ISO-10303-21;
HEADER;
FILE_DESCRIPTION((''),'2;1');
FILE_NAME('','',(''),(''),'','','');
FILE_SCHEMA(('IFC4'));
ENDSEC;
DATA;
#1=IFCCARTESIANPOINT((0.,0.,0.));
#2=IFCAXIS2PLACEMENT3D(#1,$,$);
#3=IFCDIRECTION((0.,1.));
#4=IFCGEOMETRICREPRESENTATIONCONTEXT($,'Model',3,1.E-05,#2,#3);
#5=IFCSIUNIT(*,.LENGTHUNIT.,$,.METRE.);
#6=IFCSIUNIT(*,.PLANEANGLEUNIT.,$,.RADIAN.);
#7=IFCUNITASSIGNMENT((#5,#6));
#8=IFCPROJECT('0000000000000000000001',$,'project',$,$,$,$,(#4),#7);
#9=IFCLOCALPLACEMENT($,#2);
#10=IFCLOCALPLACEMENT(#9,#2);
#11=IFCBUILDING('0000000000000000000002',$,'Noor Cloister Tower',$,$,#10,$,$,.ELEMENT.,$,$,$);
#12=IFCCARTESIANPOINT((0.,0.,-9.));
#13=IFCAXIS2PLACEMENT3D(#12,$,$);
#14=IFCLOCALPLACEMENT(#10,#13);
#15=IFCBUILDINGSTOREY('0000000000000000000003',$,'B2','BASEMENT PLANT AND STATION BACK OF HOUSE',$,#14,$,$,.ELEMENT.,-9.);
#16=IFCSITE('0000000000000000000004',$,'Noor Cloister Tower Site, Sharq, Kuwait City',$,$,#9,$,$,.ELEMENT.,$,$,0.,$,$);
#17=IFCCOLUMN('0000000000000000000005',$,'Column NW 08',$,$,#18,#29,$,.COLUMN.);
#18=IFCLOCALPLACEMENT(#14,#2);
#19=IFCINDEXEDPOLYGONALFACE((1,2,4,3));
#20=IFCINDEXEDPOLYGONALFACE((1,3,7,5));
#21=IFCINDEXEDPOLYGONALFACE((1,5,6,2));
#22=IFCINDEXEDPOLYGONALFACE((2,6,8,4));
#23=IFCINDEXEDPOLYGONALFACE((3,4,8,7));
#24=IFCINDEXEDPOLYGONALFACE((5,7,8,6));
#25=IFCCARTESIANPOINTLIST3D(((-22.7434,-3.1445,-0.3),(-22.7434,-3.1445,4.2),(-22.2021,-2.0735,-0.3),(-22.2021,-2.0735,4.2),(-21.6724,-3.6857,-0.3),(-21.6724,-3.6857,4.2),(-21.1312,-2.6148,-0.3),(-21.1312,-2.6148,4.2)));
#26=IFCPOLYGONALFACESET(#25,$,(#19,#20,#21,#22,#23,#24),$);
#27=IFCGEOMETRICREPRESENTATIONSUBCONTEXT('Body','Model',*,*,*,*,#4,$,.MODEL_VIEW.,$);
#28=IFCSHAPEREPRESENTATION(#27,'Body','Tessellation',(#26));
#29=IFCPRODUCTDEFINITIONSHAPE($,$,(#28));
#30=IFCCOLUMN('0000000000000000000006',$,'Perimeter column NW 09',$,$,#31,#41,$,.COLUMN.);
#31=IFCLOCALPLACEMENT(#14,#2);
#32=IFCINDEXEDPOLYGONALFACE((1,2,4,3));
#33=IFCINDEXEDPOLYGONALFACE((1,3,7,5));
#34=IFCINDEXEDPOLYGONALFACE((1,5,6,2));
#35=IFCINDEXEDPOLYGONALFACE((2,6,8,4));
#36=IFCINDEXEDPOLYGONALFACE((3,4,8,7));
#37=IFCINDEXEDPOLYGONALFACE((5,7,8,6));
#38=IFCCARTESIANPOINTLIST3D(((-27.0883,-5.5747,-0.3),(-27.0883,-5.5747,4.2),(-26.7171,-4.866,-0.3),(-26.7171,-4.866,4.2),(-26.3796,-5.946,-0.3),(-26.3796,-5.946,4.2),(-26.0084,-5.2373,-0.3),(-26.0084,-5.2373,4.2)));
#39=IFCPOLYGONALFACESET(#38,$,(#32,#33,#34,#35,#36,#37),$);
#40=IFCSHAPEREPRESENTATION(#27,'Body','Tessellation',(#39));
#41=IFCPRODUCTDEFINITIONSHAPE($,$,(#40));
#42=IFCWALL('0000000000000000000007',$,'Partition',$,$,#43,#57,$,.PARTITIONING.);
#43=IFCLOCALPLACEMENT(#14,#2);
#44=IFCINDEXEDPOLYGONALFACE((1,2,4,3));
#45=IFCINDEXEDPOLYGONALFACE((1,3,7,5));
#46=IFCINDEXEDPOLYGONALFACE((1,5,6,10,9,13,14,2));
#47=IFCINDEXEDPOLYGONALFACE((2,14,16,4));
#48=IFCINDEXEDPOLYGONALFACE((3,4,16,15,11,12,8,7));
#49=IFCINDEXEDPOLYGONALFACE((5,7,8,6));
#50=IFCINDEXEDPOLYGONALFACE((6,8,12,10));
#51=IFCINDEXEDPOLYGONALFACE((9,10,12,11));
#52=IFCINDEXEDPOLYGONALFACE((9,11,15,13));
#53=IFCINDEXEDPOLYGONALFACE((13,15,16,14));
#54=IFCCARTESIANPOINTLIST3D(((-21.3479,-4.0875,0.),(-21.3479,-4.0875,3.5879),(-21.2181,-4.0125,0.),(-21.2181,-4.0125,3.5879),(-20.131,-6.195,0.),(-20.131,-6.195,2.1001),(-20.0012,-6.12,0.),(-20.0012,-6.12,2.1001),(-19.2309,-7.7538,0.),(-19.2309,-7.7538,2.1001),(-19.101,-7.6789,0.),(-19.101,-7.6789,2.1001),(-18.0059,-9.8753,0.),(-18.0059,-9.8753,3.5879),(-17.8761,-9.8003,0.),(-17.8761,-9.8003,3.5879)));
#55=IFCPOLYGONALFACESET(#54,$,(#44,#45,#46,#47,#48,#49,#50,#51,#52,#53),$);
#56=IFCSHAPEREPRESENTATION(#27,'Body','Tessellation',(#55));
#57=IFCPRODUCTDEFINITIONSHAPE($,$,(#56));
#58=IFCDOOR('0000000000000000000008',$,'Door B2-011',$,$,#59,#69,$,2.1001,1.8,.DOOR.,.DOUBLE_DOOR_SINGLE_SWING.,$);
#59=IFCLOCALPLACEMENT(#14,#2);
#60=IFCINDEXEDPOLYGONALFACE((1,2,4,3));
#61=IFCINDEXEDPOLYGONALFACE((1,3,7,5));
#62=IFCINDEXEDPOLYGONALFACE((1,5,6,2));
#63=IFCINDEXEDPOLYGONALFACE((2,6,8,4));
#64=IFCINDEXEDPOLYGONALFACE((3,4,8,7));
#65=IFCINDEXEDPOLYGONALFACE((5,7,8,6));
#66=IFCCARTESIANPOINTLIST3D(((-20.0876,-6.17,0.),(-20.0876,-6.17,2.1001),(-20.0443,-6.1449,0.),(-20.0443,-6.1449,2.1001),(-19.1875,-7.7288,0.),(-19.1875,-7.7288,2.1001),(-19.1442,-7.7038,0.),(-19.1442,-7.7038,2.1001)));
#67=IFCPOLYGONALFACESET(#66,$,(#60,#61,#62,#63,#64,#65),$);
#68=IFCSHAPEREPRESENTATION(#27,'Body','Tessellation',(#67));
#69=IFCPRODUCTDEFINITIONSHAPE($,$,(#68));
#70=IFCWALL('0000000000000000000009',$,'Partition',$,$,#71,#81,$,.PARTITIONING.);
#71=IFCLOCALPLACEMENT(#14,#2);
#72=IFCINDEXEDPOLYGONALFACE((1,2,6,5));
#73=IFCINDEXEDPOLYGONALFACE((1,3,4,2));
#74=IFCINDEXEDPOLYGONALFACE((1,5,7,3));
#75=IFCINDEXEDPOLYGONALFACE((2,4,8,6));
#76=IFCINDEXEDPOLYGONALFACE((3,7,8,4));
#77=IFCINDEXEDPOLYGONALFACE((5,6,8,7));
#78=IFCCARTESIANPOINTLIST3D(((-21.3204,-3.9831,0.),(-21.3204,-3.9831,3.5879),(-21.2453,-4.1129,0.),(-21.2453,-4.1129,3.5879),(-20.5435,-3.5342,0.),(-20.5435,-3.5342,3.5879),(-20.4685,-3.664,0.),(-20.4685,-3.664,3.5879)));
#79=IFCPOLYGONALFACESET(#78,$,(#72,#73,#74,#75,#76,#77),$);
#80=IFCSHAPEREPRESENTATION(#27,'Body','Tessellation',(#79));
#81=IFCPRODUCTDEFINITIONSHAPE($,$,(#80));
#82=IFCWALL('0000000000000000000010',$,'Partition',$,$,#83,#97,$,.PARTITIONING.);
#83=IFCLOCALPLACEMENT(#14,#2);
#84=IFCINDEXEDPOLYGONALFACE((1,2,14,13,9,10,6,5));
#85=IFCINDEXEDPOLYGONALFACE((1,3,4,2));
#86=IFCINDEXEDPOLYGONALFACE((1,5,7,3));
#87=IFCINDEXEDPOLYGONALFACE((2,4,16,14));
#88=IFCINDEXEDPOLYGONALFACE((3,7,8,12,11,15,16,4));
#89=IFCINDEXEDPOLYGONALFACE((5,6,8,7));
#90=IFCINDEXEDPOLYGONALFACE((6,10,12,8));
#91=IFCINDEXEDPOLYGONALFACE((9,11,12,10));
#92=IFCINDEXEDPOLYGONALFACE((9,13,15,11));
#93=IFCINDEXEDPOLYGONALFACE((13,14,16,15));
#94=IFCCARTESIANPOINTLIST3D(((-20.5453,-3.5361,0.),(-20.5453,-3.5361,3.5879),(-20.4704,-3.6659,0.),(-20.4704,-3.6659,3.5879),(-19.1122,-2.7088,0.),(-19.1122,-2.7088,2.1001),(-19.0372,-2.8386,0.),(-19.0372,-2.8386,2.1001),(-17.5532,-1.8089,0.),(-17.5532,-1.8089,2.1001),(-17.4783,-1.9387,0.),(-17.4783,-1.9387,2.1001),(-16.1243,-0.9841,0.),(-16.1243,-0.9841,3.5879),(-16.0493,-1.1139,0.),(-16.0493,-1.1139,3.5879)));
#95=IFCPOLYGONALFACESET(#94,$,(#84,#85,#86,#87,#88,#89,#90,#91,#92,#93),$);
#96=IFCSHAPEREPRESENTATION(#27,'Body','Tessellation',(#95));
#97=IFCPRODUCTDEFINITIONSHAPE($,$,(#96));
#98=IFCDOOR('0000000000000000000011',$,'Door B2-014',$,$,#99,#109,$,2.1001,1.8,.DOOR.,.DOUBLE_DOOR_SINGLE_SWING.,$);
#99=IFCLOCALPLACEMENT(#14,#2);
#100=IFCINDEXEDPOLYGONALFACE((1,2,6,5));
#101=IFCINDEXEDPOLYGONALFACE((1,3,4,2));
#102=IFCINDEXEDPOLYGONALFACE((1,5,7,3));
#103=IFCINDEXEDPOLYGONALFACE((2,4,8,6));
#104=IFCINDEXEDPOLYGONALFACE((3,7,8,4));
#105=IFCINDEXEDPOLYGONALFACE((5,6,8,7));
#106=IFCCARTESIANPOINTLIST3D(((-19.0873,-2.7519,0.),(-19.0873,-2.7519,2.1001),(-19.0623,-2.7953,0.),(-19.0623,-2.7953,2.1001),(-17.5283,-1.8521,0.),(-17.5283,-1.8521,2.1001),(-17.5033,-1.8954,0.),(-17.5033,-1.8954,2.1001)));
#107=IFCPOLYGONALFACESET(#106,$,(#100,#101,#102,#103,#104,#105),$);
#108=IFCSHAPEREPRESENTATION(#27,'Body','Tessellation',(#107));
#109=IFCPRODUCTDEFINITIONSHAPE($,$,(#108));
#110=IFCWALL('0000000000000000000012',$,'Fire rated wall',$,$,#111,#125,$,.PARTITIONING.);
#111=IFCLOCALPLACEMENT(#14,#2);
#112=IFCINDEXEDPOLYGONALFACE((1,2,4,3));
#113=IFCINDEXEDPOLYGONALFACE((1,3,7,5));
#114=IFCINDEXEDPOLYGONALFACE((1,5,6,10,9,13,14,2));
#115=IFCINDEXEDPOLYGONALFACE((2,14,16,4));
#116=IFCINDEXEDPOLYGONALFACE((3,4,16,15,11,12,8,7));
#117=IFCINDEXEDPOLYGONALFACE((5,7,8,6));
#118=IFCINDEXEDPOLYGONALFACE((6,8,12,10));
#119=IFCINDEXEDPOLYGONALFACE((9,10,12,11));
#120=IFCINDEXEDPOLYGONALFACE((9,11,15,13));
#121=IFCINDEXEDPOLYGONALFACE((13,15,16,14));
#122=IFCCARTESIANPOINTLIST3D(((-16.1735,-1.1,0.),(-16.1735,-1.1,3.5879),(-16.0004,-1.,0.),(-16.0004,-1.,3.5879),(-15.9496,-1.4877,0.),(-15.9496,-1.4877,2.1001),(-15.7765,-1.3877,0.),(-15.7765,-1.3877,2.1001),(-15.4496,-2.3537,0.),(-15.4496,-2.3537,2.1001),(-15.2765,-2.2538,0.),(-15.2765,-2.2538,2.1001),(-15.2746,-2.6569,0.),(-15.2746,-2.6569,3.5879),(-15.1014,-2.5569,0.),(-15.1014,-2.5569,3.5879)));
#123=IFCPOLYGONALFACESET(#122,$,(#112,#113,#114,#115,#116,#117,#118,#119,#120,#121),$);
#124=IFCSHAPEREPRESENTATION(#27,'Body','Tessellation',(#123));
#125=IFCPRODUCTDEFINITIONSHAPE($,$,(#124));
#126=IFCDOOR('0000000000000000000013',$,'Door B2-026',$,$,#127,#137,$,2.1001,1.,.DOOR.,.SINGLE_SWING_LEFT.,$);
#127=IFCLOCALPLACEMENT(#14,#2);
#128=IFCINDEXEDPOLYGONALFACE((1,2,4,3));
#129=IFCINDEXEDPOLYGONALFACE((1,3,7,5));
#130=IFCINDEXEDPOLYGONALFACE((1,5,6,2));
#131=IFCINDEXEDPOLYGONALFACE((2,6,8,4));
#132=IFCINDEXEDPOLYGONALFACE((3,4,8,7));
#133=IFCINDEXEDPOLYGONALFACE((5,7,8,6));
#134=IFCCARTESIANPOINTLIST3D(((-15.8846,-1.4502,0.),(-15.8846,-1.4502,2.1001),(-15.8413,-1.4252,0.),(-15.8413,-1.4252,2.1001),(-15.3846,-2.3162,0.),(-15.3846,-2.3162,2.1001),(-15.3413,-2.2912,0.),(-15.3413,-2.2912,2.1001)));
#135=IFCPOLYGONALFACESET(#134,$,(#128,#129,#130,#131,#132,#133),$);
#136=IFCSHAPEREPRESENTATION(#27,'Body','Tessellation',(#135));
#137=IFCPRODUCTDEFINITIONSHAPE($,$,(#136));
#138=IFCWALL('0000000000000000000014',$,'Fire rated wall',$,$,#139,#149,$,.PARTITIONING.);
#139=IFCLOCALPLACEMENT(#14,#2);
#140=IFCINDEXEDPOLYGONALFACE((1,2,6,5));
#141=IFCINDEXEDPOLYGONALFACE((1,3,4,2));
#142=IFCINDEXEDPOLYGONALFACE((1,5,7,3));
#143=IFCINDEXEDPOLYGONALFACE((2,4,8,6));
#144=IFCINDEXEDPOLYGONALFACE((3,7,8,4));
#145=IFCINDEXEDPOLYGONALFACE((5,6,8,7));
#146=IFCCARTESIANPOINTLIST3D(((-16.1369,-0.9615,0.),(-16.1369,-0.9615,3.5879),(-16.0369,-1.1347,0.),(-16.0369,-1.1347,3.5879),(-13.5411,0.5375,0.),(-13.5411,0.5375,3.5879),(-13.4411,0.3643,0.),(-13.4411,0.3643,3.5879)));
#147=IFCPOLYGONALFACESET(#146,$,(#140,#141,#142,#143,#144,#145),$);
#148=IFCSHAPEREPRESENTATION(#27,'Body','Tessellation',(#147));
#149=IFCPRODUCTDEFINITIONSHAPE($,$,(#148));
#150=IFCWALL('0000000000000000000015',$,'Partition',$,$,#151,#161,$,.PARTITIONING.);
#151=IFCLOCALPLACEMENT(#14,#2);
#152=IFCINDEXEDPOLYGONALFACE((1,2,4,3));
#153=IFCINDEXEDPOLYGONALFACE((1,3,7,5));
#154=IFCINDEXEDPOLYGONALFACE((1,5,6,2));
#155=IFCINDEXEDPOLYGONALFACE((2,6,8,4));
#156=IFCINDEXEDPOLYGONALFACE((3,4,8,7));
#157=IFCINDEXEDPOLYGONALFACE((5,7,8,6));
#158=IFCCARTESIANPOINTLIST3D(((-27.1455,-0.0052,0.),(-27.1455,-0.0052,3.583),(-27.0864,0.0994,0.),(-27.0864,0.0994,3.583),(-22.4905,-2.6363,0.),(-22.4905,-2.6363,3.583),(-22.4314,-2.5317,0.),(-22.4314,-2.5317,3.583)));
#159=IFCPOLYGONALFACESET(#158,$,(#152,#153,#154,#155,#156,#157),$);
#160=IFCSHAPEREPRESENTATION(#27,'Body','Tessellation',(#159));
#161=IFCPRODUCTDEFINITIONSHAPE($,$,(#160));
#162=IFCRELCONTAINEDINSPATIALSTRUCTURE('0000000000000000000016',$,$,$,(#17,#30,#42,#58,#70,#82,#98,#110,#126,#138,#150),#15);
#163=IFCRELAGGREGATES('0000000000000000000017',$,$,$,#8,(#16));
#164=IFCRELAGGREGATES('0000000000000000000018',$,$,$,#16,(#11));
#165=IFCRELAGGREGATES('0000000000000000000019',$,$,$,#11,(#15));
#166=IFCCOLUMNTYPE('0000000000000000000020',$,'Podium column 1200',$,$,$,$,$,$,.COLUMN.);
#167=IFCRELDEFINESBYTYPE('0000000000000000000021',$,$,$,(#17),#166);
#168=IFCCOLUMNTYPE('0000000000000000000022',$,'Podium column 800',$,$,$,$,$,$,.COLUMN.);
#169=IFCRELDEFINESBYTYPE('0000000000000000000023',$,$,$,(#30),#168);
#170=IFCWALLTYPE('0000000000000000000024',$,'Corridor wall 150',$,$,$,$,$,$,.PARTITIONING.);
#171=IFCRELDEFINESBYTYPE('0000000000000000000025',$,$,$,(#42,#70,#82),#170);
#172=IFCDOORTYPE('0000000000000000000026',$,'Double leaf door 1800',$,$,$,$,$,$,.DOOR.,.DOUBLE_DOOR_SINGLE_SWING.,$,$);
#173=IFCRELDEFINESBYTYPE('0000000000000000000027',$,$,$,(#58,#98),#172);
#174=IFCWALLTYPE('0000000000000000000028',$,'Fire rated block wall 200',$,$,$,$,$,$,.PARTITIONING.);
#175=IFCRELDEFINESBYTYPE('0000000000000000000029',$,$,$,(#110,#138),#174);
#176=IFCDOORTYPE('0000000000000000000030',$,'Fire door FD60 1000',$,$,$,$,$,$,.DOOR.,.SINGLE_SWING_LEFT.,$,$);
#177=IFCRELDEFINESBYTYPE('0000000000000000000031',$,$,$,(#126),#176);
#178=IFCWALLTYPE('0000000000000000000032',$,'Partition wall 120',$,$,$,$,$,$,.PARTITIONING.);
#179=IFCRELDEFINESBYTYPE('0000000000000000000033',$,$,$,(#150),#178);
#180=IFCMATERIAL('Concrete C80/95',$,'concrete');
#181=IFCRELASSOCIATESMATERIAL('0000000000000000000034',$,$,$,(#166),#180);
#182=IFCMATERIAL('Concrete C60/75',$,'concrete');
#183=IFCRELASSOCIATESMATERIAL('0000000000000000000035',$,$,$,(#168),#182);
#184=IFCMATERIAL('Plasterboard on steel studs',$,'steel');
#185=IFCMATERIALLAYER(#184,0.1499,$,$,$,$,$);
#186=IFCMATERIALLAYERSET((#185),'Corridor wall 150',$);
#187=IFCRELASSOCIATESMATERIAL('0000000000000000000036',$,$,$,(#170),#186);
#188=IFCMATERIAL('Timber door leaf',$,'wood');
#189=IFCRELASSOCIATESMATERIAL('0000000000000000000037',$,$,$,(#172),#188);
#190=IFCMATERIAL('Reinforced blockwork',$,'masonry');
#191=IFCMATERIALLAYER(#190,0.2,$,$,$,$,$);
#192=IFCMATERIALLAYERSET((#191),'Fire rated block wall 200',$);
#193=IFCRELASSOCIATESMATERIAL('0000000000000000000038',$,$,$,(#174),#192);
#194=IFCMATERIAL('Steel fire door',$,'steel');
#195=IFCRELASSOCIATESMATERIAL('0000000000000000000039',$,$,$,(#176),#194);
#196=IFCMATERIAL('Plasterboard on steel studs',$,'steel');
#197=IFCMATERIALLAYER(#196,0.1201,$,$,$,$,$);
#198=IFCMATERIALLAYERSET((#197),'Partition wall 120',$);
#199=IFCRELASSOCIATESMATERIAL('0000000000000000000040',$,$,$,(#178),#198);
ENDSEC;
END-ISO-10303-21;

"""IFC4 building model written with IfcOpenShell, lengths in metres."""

from ifc_helpers import new_model, si_unit, direction, frame, frame_2d, origin, origin_2d, place, context, subcontext, project, spatial, rectangle, extrude, material, layer, layer_set, material_profile, profile_set, type_object, element, fill, save


model = new_model("IFC4")

# Units and contexts
model_context = context("Model", 3, precision=1e-05, world=origin(), true_north=direction((0.0, 1.0)))
body_context = subcontext(model_context, "Body", "Model", "MODEL_VIEW")
ifc_project = project(units=[si_unit("LENGTHUNIT", "METRE"), si_unit("PLANEANGLEUNIT", "RADIAN")], contexts=[model_context])

# Site, building, storey
site_placement = place(None, origin())
site = spatial("IfcSite", under=ifc_project, at=site_placement, Name="Noor Cloister Tower Site, Sharq, Kuwait City", CompositionType="ELEMENT", RefElevation=0.0)
building_placement = place(site_placement, origin())
building = spatial("IfcBuilding", under=site, at=building_placement, Name="Noor Cloister Tower", CompositionType="ELEMENT")
storey_placement = place(building_placement, frame((0.0, 0.0, -9.0)))
storey = spatial("IfcBuildingStorey", under=building, at=storey_placement, Name="B2", Description="BASEMENT PLANT AND STATION BACK OF HOUSE", CompositionType="ELEMENT", Elevation=-9.0)

# Columns
ifc_material_1 = material(Name="Concrete C80/95", Category="concrete")
ifc_material_profile_1 = material_profile(ifc_material_1, rectangle(XDim=1.2, YDim=1.2, at=origin_2d()), Name="Podium column 1200")
ifc_profile_set_1 = profile_set([ifc_material_profile_1], Name="Concrete C80/95")
column_type_1 = type_object("IfcColumnType", Name="Podium column 1200", PredefinedType="COLUMN", material=ifc_profile_set_1)
column_1_placement = place(storey_placement, frame((-21.9373, -2.8796, -0.3), z_axis=(0.0, 0.0, 1.0), x_axis=(-0.892501, 0.451046, 0.0)))
element("IfcColumn", 1, at=column_1_placement, inside=storey, type_object=column_type_1, Name="Column NW 08", PredefinedType="COLUMN", context=body_context, shape_type="SweptSolid", body=[
    extrude(rectangle(XDim=1.2, YDim=1.2, at=origin_2d()), origin(), (0.0, 0.0, 1.0), 4.5),
])
ifc_material_2 = material(Name="Concrete C60/75", Category="concrete")
ifc_material_profile_2 = material_profile(ifc_material_2, rectangle(XDim=0.8, YDim=0.8, at=origin_2d()), Name="Podium column 800")
ifc_profile_set_2 = profile_set([ifc_material_profile_2], Name="Concrete C60/75")
column_type_2 = type_object("IfcColumnType", Name="Podium column 800", PredefinedType="COLUMN", material=ifc_profile_set_2)
column_2_placement = place(storey_placement, frame((-26.5483, -5.406, -0.3), z_axis=(0.0, 0.0, 1.0), x_axis=(-0.885828, 0.464014, 0.0)))
element("IfcColumn", 2, at=column_2_placement, inside=storey, type_object=column_type_2, Name="Perimeter column NW 09", PredefinedType="COLUMN", context=body_context, shape_type="SweptSolid", body=[
    extrude(rectangle(XDim=0.8, YDim=0.8, at=origin_2d()), origin(), (0.0, 0.0, 1.0), 4.5),
])

# Wall, opening, door
ifc_material_3 = material(Name="Plasterboard on steel studs", Category="steel")
ifc_layer_1 = layer(ifc_material_3, 0.1499)
ifc_layer_set_1 = layer_set([ifc_layer_1], Name="Corridor wall 150")
wall_type_1 = type_object("IfcWallType", Name="Corridor wall 150", PredefinedType="PARTITIONING", material=ifc_layer_set_1)
wall_1_placement = place(storey_placement, frame((-17.9409, -9.8379, 0.0), z_axis=(0.0, 0.0, 1.0), x_axis=(-0.500048, 0.865998, 0.0)))
wall_1 = element("IfcWall", 3, at=wall_1_placement, inside=storey, type_object=wall_type_1, Name="Partition", PredefinedType="PARTITIONING", context=body_context, shape_type="SweptSolid", body=[
    extrude(rectangle(XDim=6.6833, YDim=0.1499, at=frame_2d((3.3418, 0.0))), origin(), (0.0, 0.0, 1.0), 3.5879),
])
opening_1_placement = place(wall_1_placement, frame((2.45, 0.0, 0.0)))
opening_1 = element("IfcOpeningElement", 4, at=opening_1_placement, cuts=wall_1, PredefinedType="OPENING", context=body_context, shape_type="SweptSolid", body=[
    extrude(rectangle(XDim=1.8, YDim=2.1001, at=frame_2d((0.8999, 1.05))), frame((0.0, 0.085, 0.0), z_axis=(0.0, -1.0, 0.0), x_axis=(1.0, 0.0, 0.0)), (0.0, 0.0, 1.0), 0.1699),
])
ifc_material_4 = material(Name="Timber door leaf", Category="wood")
door_type_1 = type_object("IfcDoorType", Name="Double leaf door 1800", OperationType="DOUBLE_DOOR_SINGLE_SWING", PredefinedType="DOOR", material=ifc_material_4)
door_1_placement = place(opening_1_placement, origin())
door_1 = element("IfcDoor", 5, at=door_1_placement, inside=storey, type_object=door_type_1, Name="Door B2-011", OperationType="DOUBLE_DOOR_SINGLE_SWING", OverallHeight=2.1001, OverallWidth=1.8, PredefinedType="DOOR", context=body_context, shape_type="SweptSolid", body=[
    extrude(rectangle(XDim=1.8, YDim=2.1001, at=frame_2d((0.8999, 1.05))), frame((0.0, 0.0249, 0.0), z_axis=(0.0, -1.0, 0.0), x_axis=(1.0, 0.0, 0.0)), (0.0, 0.0, 1.0), 0.05),
])
fill(opening_1, door_1)

# Wall
wall_2_placement = place(storey_placement, frame((-21.283, -4.0481, 0.0), z_axis=(0.0, 0.0, 1.0), x_axis=(0.865805, 0.500382, 0.0)))
element("IfcWall", 6, at=wall_2_placement, inside=storey, type_object=wall_type_1, Name="Partition", PredefinedType="PARTITIONING", context=body_context, shape_type="SweptSolid", body=[
    extrude(rectangle(XDim=0.8972, YDim=0.1499, at=frame_2d((0.4487, 0.0))), origin(), (0.0, 0.0, 1.0), 3.5879),
])

# Walls, openings, doors
wall_3_placement = place(storey_placement, frame((-16.0869, -1.0491, 0.0), z_axis=(0.0, 0.0, 1.0), x_axis=(-0.866072, -0.49992, 0.0)))
wall_3 = element("IfcWall", 7, at=wall_3_placement, inside=storey, type_object=wall_type_1, Name="Partition", PredefinedType="PARTITIONING", context=body_context, shape_type="SweptSolid", body=[
    extrude(rectangle(XDim=5.1047, YDim=0.1499, at=frame_2d((2.5522, 0.0))), origin(), (0.0, 0.0, 1.0), 3.5879),
])
opening_2_placement = place(wall_3_placement, frame((1.6499, 0.0, 0.0)))
opening_2 = element("IfcOpeningElement", 8, at=opening_2_placement, cuts=wall_3, PredefinedType="OPENING", context=body_context, shape_type="SweptSolid", body=[
    extrude(rectangle(XDim=1.8, YDim=2.1001, at=frame_2d((0.8999, 1.05))), frame((0.0, 0.085, 0.0), z_axis=(0.0, -1.0, 0.0), x_axis=(1.0, 0.0, 0.0)), (0.0, 0.0, 1.0), 0.1699),
])
door_2_placement = place(opening_2_placement, origin())
door_2 = element("IfcDoor", 9, at=door_2_placement, inside=storey, type_object=door_type_1, Name="Door B2-014", OperationType="DOUBLE_DOOR_SINGLE_SWING", OverallHeight=2.1001, OverallWidth=1.8, PredefinedType="DOOR", context=body_context, shape_type="SweptSolid", body=[
    extrude(rectangle(XDim=1.8, YDim=2.1001, at=frame_2d((0.8999, 1.05))), frame((0.0, 0.0249, 0.0), z_axis=(0.0, -1.0, 0.0), x_axis=(1.0, 0.0, 0.0)), (0.0, 0.0, 1.0), 0.05),
])
fill(opening_2, door_2)
ifc_material_5 = material(Name="Reinforced blockwork", Category="masonry")
ifc_layer_2 = layer(ifc_material_5, 0.2)
ifc_layer_set_2 = layer_set([ifc_layer_2], Name="Fire rated block wall 200")
wall_type_2 = type_object("IfcWallType", Name="Fire rated block wall 200", PredefinedType="PARTITIONING", material=ifc_layer_set_2)
wall_4_placement = place(storey_placement, frame((-15.188, -2.6069, 0.0), z_axis=(0.0, 0.0, 1.0), x_axis=(-0.500024, 0.866011, 0.0)))
wall_4 = element("IfcWall", 10, at=wall_4_placement, inside=storey, type_object=wall_type_2, Name="Fire rated wall", PredefinedType="PARTITIONING", context=body_context, shape_type="SweptSolid", body=[
    extrude(rectangle(XDim=1.7979, YDim=0.2, at=frame_2d((0.8989, 0.0))), origin(), (0.0, 0.0, 1.0), 3.5879),
])
opening_3_placement = place(wall_4_placement, frame((0.3501, 0.0, 0.0)))
opening_3 = element("IfcOpeningElement", 11, at=opening_3_placement, cuts=wall_4, PredefinedType="OPENING", context=body_context, shape_type="SweptSolid", body=[
    extrude(rectangle(XDim=1.0, YDim=2.1001, at=frame_2d((0.5, 1.05))), frame((0.0, 0.1099, 0.0), z_axis=(0.0, -1.0, 0.0), x_axis=(1.0, 0.0, 0.0)), (0.0, 0.0, 1.0), 0.22),
])
ifc_material_6 = material(Name="Steel fire door", Category="steel")
door_type_2 = type_object("IfcDoorType", Name="Fire door FD60 1000", OperationType="SINGLE_SWING_LEFT", PredefinedType="DOOR", material=ifc_material_6)
door_3_placement = place(opening_3_placement, origin())
door_3 = element("IfcDoor", 12, at=door_3_placement, inside=storey, type_object=door_type_2, Name="Door B2-026", OperationType="SINGLE_SWING_LEFT", OverallHeight=2.1001, OverallWidth=1.0, PredefinedType="DOOR", context=body_context, shape_type="SweptSolid", body=[
    extrude(rectangle(XDim=1.0, YDim=2.1001, at=frame_2d((0.5, 1.05))), frame((0.0, 0.0249, 0.0), z_axis=(0.0, -1.0, 0.0), x_axis=(1.0, 0.0, 0.0)), (0.0, 0.0, 1.0), 0.05),
])
fill(opening_3, door_3)

# Walls
wall_5_placement = place(storey_placement, frame((-16.0869, -1.0481, 0.0), z_axis=(0.0, 0.0, 1.0), x_axis=(0.865989, 0.500063, 0.0)))
element("IfcWall", 13, at=wall_5_placement, inside=storey, type_object=wall_type_2, Name="Fire rated wall", PredefinedType="PARTITIONING", context=body_context, shape_type="SweptSolid", body=[
    extrude(rectangle(XDim=2.9976, YDim=0.2, at=frame_2d((1.4988, 0.0))), origin(), (0.0, 0.0, 1.0), 3.5879),
])
ifc_material_7 = material(Name="Plasterboard on steel studs", Category="steel")
ifc_layer_3 = layer(ifc_material_7, 0.1201)
ifc_layer_set_3 = layer_set([ifc_layer_3], Name="Partition wall 120")
wall_type_3 = type_object("IfcWallType", Name="Partition wall 120", PredefinedType="PARTITIONING", material=ifc_layer_set_3)
wall_6_placement = place(storey_placement, frame((-22.4609, -2.584, 0.0), z_axis=(0.0, 0.0, 1.0), x_axis=(-0.870563, 0.492057, 0.0)))
element("IfcWall", 14, at=wall_6_placement, inside=storey, type_object=wall_type_3, Name="Partition", PredefinedType="PARTITIONING", context=body_context, shape_type="SweptSolid", body=[
    extrude(rectangle(XDim=5.3472, YDim=0.1201, at=frame_2d((2.6736, 0.0))), origin(), (0.0, 0.0, 1.0), 3.583),
])

save(model, "model.ifc")
